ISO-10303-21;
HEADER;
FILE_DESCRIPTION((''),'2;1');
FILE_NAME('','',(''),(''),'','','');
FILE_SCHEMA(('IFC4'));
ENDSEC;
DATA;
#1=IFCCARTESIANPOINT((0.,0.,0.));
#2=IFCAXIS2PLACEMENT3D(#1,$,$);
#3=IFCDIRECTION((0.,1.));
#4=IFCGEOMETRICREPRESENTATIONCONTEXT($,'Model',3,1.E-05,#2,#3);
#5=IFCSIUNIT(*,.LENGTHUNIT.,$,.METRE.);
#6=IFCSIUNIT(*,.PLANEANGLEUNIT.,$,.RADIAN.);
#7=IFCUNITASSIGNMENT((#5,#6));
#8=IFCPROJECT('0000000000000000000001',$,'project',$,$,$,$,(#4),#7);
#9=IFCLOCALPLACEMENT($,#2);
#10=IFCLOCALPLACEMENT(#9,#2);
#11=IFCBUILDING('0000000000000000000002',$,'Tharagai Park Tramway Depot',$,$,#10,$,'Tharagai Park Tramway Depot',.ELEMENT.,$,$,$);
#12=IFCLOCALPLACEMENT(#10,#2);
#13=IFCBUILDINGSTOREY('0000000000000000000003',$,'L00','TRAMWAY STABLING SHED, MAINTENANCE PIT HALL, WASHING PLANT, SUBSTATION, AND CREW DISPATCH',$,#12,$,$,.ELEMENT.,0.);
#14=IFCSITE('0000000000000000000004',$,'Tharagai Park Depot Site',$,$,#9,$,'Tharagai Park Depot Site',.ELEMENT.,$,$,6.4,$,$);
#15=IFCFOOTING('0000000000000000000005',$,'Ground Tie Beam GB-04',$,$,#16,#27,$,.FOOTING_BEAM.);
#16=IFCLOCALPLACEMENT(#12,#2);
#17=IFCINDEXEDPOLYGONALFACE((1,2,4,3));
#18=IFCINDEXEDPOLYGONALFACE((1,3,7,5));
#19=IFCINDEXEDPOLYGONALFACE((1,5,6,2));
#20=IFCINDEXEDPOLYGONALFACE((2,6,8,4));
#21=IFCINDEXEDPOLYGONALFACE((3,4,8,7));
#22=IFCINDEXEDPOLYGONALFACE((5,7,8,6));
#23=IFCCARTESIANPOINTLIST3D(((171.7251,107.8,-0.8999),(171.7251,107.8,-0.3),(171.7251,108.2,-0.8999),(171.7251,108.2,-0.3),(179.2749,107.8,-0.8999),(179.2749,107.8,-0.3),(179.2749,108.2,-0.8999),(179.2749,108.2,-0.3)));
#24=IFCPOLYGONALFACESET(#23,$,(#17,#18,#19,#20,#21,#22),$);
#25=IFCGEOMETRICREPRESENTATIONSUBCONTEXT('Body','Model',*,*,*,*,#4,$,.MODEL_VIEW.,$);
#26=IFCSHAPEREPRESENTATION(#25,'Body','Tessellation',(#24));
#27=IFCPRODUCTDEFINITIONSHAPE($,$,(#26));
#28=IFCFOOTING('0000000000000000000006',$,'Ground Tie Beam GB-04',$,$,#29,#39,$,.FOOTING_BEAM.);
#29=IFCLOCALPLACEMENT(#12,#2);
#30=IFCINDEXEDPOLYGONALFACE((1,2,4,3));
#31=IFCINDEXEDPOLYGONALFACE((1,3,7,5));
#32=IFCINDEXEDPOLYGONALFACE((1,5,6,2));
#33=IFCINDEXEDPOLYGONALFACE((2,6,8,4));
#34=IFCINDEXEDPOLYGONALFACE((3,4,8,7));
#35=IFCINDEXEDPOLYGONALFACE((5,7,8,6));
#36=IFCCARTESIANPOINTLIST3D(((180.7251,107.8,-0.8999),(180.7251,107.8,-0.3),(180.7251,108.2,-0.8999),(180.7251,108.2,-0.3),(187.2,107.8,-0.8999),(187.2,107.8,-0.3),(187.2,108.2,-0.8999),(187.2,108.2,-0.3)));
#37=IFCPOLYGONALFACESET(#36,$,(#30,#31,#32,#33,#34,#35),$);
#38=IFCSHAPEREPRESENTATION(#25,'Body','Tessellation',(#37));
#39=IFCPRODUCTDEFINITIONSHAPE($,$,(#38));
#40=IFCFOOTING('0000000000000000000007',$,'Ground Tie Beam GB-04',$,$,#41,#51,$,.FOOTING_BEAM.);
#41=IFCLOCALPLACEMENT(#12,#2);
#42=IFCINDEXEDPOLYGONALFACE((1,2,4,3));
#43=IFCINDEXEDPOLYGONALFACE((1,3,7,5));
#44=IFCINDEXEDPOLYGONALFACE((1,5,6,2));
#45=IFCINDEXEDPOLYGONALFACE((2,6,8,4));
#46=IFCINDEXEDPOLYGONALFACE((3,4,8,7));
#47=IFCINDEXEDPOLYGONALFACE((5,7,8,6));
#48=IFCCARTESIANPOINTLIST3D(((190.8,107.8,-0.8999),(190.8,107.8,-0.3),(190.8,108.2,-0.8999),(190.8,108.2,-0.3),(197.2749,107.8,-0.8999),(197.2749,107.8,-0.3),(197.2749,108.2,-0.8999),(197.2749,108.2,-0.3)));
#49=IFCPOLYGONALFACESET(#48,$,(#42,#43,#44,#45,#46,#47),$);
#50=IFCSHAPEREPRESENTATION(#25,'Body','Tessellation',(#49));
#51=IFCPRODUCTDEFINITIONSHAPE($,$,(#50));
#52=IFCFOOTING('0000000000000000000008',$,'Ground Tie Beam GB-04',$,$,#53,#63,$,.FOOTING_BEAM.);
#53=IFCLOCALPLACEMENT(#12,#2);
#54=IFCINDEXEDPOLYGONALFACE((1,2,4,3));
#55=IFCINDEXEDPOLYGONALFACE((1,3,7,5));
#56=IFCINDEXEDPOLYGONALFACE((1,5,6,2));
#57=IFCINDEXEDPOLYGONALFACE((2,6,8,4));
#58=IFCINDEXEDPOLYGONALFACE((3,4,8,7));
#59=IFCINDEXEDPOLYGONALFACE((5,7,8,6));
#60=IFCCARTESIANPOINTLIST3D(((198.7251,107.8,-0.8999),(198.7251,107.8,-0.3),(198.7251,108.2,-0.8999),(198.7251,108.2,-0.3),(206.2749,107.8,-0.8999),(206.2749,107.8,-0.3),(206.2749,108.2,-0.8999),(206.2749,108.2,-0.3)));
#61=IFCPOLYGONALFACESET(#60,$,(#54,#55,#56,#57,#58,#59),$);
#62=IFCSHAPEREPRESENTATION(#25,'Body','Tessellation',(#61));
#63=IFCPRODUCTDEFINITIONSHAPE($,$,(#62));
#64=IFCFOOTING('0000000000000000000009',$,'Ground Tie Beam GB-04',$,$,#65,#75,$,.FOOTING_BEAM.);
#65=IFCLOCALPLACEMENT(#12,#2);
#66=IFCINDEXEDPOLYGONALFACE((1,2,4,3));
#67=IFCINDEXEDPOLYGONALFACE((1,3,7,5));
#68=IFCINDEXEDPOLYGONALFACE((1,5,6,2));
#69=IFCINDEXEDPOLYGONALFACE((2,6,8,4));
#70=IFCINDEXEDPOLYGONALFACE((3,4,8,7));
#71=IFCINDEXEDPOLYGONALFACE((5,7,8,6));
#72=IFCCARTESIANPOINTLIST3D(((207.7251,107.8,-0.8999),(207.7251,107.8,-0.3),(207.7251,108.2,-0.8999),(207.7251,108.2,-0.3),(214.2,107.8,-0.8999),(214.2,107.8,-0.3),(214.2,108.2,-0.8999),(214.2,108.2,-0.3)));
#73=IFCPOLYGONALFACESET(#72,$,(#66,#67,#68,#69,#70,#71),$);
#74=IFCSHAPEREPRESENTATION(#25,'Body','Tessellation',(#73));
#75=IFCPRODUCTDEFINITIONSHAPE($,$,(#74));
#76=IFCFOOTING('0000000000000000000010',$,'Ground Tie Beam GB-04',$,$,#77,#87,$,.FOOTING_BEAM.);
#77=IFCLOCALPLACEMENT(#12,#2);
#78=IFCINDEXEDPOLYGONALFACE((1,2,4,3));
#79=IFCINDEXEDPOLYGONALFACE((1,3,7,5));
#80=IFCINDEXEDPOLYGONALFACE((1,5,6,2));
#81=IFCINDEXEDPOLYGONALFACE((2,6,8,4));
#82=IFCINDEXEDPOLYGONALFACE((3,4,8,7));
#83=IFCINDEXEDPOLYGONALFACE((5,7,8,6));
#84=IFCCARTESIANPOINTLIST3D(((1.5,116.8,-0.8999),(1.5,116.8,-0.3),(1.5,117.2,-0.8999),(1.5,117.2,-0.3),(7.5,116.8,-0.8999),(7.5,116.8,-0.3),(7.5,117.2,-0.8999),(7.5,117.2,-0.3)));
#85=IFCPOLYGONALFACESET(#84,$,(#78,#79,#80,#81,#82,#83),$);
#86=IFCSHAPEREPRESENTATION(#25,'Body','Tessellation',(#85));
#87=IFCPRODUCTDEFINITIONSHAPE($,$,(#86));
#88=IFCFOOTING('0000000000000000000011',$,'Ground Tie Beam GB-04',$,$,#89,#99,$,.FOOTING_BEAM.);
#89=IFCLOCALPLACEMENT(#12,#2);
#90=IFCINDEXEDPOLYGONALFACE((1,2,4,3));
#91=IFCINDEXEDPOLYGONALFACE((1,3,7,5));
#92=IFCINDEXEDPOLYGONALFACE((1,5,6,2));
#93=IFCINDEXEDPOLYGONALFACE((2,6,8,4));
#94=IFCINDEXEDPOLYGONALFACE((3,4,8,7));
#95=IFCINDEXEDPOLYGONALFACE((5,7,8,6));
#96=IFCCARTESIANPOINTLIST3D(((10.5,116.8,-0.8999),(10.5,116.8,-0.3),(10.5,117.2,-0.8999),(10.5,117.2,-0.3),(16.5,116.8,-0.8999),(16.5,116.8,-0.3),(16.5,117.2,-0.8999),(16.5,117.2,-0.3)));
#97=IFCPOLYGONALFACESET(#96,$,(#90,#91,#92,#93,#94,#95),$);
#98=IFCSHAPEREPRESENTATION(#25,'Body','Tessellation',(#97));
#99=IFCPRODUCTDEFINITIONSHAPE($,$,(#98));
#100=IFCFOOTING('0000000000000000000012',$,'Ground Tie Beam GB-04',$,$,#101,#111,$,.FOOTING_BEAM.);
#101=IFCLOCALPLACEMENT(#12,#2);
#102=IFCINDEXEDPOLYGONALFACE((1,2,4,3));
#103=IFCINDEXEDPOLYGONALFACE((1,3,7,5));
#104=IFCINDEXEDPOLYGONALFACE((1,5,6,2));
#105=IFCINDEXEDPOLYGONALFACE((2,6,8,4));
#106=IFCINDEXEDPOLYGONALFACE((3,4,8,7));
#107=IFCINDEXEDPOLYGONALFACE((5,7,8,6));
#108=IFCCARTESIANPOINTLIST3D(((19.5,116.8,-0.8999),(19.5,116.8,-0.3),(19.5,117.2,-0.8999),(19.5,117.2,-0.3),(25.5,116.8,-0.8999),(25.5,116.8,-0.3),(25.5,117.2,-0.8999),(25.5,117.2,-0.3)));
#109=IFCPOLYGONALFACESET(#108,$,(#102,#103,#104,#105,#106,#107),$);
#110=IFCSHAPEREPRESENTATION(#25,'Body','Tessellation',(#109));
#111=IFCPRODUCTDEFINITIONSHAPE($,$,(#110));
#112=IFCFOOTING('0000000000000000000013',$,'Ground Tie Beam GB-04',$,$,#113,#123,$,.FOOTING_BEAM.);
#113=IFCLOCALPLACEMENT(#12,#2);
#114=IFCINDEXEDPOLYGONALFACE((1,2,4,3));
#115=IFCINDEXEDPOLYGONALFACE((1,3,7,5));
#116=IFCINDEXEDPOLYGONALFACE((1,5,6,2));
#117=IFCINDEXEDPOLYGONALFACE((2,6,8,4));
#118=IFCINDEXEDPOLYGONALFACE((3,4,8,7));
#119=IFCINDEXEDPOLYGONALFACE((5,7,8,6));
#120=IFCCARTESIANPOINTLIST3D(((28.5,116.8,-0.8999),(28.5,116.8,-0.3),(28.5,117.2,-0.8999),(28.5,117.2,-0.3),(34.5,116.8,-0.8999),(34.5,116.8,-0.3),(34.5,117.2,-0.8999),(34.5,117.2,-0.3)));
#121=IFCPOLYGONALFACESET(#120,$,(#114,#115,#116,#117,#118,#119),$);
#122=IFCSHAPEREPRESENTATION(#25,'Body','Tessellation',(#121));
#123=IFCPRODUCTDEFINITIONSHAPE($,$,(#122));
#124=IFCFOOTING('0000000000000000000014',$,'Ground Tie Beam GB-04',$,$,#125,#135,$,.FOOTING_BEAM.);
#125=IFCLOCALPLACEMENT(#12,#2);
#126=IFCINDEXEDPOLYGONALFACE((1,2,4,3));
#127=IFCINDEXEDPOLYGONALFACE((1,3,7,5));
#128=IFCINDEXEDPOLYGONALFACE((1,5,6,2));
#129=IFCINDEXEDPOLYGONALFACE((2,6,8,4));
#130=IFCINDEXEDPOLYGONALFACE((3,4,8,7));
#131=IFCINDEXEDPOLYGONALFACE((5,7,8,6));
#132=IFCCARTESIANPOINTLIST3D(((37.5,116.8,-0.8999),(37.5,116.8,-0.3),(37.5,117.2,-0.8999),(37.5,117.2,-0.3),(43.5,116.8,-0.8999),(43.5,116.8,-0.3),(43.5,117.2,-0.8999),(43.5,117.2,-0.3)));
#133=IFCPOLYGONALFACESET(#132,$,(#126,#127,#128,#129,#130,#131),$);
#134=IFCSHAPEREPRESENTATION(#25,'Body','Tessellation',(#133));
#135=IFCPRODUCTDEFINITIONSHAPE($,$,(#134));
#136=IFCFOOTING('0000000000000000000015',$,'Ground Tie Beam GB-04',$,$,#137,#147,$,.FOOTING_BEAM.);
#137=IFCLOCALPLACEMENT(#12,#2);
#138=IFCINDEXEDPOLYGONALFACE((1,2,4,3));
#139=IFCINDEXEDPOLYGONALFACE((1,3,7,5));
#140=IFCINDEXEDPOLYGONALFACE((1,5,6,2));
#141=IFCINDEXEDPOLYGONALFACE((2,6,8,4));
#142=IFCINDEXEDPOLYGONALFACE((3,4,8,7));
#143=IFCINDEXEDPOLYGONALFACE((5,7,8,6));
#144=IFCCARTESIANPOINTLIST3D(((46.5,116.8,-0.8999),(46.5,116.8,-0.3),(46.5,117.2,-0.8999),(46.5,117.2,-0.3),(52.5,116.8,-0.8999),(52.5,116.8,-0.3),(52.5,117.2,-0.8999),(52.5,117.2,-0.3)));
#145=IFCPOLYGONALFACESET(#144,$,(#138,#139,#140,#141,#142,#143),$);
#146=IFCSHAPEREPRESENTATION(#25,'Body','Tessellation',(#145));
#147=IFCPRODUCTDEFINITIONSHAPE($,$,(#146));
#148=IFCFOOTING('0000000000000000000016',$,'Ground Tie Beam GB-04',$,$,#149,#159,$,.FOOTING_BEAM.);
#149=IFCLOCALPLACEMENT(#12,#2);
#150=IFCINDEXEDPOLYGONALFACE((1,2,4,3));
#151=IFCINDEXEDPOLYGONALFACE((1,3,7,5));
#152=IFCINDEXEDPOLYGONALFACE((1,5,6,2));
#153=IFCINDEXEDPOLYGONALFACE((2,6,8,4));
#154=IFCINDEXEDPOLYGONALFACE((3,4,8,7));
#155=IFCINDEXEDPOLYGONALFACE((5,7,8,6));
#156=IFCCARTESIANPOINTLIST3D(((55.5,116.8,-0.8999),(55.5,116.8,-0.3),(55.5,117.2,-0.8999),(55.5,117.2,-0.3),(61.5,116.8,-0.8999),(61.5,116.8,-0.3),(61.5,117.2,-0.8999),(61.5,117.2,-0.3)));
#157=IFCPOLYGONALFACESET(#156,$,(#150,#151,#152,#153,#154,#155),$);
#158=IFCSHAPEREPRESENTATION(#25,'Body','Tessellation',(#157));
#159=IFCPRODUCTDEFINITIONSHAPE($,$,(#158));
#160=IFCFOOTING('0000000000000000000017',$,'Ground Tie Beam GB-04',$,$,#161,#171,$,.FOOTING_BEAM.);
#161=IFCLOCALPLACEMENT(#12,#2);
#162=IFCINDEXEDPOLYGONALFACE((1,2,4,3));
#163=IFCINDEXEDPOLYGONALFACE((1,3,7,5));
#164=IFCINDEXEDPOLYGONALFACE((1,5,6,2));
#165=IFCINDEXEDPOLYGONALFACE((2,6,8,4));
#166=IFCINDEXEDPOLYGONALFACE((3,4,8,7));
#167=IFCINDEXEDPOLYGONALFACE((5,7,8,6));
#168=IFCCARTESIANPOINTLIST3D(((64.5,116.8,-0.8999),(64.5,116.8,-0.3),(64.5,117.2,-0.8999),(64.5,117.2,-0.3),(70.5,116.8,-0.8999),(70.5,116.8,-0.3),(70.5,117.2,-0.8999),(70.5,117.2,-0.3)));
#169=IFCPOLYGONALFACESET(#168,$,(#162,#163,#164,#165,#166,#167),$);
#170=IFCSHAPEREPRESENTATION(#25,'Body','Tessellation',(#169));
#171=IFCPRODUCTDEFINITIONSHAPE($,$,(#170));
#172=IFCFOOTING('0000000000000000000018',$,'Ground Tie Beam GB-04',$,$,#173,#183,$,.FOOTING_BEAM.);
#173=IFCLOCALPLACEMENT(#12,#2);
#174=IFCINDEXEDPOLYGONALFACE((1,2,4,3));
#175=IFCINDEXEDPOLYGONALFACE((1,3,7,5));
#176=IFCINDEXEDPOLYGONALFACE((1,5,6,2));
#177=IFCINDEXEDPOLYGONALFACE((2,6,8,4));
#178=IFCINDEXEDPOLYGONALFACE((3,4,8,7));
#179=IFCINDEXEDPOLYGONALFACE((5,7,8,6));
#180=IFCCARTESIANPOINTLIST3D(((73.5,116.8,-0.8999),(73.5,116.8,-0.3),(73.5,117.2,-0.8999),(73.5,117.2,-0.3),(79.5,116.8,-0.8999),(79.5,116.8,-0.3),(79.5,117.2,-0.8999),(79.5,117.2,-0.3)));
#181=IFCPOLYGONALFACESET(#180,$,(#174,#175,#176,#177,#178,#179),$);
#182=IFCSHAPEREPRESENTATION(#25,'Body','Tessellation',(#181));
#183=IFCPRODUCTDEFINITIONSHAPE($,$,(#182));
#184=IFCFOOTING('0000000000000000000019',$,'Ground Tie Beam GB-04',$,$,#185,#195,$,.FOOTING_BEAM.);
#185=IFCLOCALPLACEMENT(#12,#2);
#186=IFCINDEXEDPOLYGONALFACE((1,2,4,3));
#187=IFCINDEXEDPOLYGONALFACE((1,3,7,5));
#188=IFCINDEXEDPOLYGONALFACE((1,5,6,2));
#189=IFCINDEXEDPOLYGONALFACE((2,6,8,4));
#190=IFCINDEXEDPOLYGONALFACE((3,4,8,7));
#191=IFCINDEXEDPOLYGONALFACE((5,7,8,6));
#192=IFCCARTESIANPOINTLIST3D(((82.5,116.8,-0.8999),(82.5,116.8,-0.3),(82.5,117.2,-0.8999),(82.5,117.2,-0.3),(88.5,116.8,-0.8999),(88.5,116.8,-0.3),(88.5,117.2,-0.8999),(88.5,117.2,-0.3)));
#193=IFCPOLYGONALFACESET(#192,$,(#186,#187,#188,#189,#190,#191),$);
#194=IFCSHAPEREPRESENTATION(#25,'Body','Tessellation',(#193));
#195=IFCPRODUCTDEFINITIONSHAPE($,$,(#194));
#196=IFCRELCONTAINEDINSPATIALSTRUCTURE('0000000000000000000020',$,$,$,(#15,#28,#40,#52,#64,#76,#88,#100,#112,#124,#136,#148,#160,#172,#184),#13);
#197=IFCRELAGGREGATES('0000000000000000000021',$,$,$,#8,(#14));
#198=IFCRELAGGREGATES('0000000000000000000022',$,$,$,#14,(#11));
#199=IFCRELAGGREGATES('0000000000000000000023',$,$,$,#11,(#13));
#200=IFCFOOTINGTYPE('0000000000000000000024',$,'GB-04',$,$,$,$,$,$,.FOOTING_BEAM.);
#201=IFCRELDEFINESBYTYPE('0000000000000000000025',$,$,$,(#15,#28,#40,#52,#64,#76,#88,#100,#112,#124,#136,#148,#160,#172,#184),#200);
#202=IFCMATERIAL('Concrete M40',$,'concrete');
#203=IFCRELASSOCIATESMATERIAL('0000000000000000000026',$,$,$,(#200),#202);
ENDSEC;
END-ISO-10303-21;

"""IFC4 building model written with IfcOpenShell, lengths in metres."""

from ifc_helpers import new_model, si_unit, direction, frame, origin, place, context, subcontext, project, spatial, polyline, outline, extrude, material, type_object, element, save


model = new_model("IFC4")

# Units and contexts
model_context = context("Model", 3, precision=1e-05, world=origin(), true_north=direction((0.0, 1.0)))
body_context = subcontext(model_context, "Body", "Model", "MODEL_VIEW")
ifc_project = project(units=[si_unit("LENGTHUNIT", "METRE"), si_unit("PLANEANGLEUNIT", "RADIAN")], contexts=[model_context])

# Site, building, storey
site_placement = place(None, origin())
site = spatial("IfcSite", under=ifc_project, at=site_placement, Name="Tharagai Park Depot Site", LongName="Tharagai Park Depot Site", CompositionType="ELEMENT", RefElevation=6.4)
building_placement = place(site_placement, origin())
building = spatial("IfcBuilding", under=site, at=building_placement, Name="Tharagai Park Tramway Depot", LongName="Tharagai Park Tramway Depot", CompositionType="ELEMENT")
storey_placement = place(building_placement, origin())
storey = spatial("IfcBuildingStorey", under=building, at=storey_placement, Name="L00", Description="TRAMWAY STABLING SHED, MAINTENANCE PIT HALL, WASHING PLANT, SUBSTATION, AND CREW DISPATCH", CompositionType="ELEMENT", Elevation=0.0)

# Footings
ifc_material = material(Name="Concrete M40", Category="concrete")
footing_type = type_object("IfcFootingType", Name="GB-04", PredefinedType="FOOTING_BEAM", material=ifc_material)
footing_1_placement = place(storey_placement, frame((0.0, 0.0, -0.8999)))
element("IfcFooting", 1, at=footing_1_placement, inside=storey, type_object=footing_type, Name="Ground Tie Beam GB-04", PredefinedType="FOOTING_BEAM", context=body_context, shape_type="SweptSolid", body=[
    extrude(outline(polyline([(171.7251, 107.8), (179.2749, 107.8), (179.2749, 108.2), (171.7251, 108.2), (171.7251, 107.8)])), origin(), (0.0, 0.0, 1.0), 0.5999),
])
footing_2_placement = place(storey_placement, frame((0.0, 0.0, -0.8999)))
element("IfcFooting", 2, at=footing_2_placement, inside=storey, type_object=footing_type, Name="Ground Tie Beam GB-04", PredefinedType="FOOTING_BEAM", context=body_context, shape_type="SweptSolid", body=[
    extrude(outline(polyline([(180.7251, 107.8), (187.2, 107.8), (187.2, 108.2), (180.7251, 108.2), (180.7251, 107.8)])), origin(), (0.0, 0.0, 1.0), 0.5999),
])
footing_3_placement = place(storey_placement, frame((0.0, 0.0, -0.8999)))
element("IfcFooting", 3, at=footing_3_placement, inside=storey, type_object=footing_type, Name="Ground Tie Beam GB-04", PredefinedType="FOOTING_BEAM", context=body_context, shape_type="SweptSolid", body=[
    extrude(outline(polyline([(190.8, 107.8), (197.2749, 107.8), (197.2749, 108.2), (190.8, 108.2), (190.8, 107.8)])), origin(), (0.0, 0.0, 1.0), 0.5999),
])
footing_4_placement = place(storey_placement, frame((0.0, 0.0, -0.8999)))
element("IfcFooting", 4, at=footing_4_placement, inside=storey, type_object=footing_type, Name="Ground Tie Beam GB-04", PredefinedType="FOOTING_BEAM", context=body_context, shape_type="SweptSolid", body=[
    extrude(outline(polyline([(198.7251, 107.8), (206.2749, 107.8), (206.2749, 108.2), (198.7251, 108.2), (198.7251, 107.8)])), origin(), (0.0, 0.0, 1.0), 0.5999),
])
footing_5_placement = place(storey_placement, frame((0.0, 0.0, -0.8999)))
element("IfcFooting", 5, at=footing_5_placement, inside=storey, type_object=footing_type, Name="Ground Tie Beam GB-04", PredefinedType="FOOTING_BEAM", context=body_context, shape_type="SweptSolid", body=[
    extrude(outline(polyline([(207.7251, 107.8), (214.2, 107.8), (214.2, 108.2), (207.7251, 108.2), (207.7251, 107.8)])), origin(), (0.0, 0.0, 1.0), 0.5999),
])
footing_6_placement = place(storey_placement, frame((0.0, 0.0, -0.8999)))
element("IfcFooting", 6, at=footing_6_placement, inside=storey, type_object=footing_type, Name="Ground Tie Beam GB-04", PredefinedType="FOOTING_BEAM", context=body_context, shape_type="SweptSolid", body=[
    extrude(outline(polyline([(1.5, 116.8), (7.5, 116.8), (7.5, 117.2), (1.5, 117.2), (1.5, 116.8)])), origin(), (0.0, 0.0, 1.0), 0.5999),
])
footing_7_placement = place(storey_placement, frame((0.0, 0.0, -0.8999)))
element("IfcFooting", 7, at=footing_7_placement, inside=storey, type_object=footing_type, Name="Ground Tie Beam GB-04", PredefinedType="FOOTING_BEAM", context=body_context, shape_type="SweptSolid", body=[
    extrude(outline(polyline([(10.5, 116.8), (16.5, 116.8), (16.5, 117.2), (10.5, 117.2), (10.5, 116.8)])), origin(), (0.0, 0.0, 1.0), 0.5999),
])
footing_8_placement = place(storey_placement, frame((0.0, 0.0, -0.8999)))
element("IfcFooting", 8, at=footing_8_placement, inside=storey, type_object=footing_type, Name="Ground Tie Beam GB-04", PredefinedType="FOOTING_BEAM", context=body_context, shape_type="SweptSolid", body=[
    extrude(outline(polyline([(19.5, 116.8), (25.5, 116.8), (25.5, 117.2), (19.5, 117.2), (19.5, 116.8)])), origin(), (0.0, 0.0, 1.0), 0.5999),
])
footing_9_placement = place(storey_placement, frame((0.0, 0.0, -0.8999)))
element("IfcFooting", 9, at=footing_9_placement, inside=storey, type_object=footing_type, Name="Ground Tie Beam GB-04", PredefinedType="FOOTING_BEAM", context=body_context, shape_type="SweptSolid", body=[
    extrude(outline(polyline([(28.5, 116.8), (34.5, 116.8), (34.5, 117.2), (28.5, 117.2), (28.5, 116.8)])), origin(), (0.0, 0.0, 1.0), 0.5999),
])
footing_10_placement = place(storey_placement, frame((0.0, 0.0, -0.8999)))
element("IfcFooting", 10, at=footing_10_placement, inside=storey, type_object=footing_type, Name="Ground Tie Beam GB-04", PredefinedType="FOOTING_BEAM", context=body_context, shape_type="SweptSolid", body=[
    extrude(outline(polyline([(37.5, 116.8), (43.5, 116.8), (43.5, 117.2), (37.5, 117.2), (37.5, 116.8)])), origin(), (0.0, 0.0, 1.0), 0.5999),
])
footing_11_placement = place(storey_placement, frame((0.0, 0.0, -0.8999)))
element("IfcFooting", 11, at=footing_11_placement, inside=storey, type_object=footing_type, Name="Ground Tie Beam GB-04", PredefinedType="FOOTING_BEAM", context=body_context, shape_type="SweptSolid", body=[
    extrude(outline(polyline([(46.5, 116.8), (52.5, 116.8), (52.5, 117.2), (46.5, 117.2), (46.5, 116.8)])), origin(), (0.0, 0.0, 1.0), 0.5999),
])
footing_12_placement = place(storey_placement, frame((0.0, 0.0, -0.8999)))
element("IfcFooting", 12, at=footing_12_placement, inside=storey, type_object=footing_type, Name="Ground Tie Beam GB-04", PredefinedType="FOOTING_BEAM", context=body_context, shape_type="SweptSolid", body=[
    extrude(outline(polyline([(55.5, 116.8), (61.5, 116.8), (61.5, 117.2), (55.5, 117.2), (55.5, 116.8)])), origin(), (0.0, 0.0, 1.0), 0.5999),
])
footing_13_placement = place(storey_placement, frame((0.0, 0.0, -0.8999)))
element("IfcFooting", 13, at=footing_13_placement, inside=storey, type_object=footing_type, Name="Ground Tie Beam GB-04", PredefinedType="FOOTING_BEAM", context=body_context, shape_type="SweptSolid", body=[
    extrude(outline(polyline([(64.5, 116.8), (70.5, 116.8), (70.5, 117.2), (64.5, 117.2), (64.5, 116.8)])), origin(), (0.0, 0.0, 1.0), 0.5999),
])
footing_14_placement = place(storey_placement, frame((0.0, 0.0, -0.8999)))
element("IfcFooting", 14, at=footing_14_placement, inside=storey, type_object=footing_type, Name="Ground Tie Beam GB-04", PredefinedType="FOOTING_BEAM", context=body_context, shape_type="SweptSolid", body=[
    extrude(outline(polyline([(73.5, 116.8), (79.5, 116.8), (79.5, 117.2), (73.5, 117.2), (73.5, 116.8)])), origin(), (0.0, 0.0, 1.0), 0.5999),
])
footing_15_placement = place(storey_placement, frame((0.0, 0.0, -0.8999)))
element("IfcFooting", 15, at=footing_15_placement, inside=storey, type_object=footing_type, Name="Ground Tie Beam GB-04", PredefinedType="FOOTING_BEAM", context=body_context, shape_type="SweptSolid", body=[
    extrude(outline(polyline([(82.5, 116.8), (88.5, 116.8), (88.5, 117.2), (82.5, 117.2), (82.5, 116.8)])), origin(), (0.0, 0.0, 1.0), 0.5999),
])

save(model, "model.ifc")
